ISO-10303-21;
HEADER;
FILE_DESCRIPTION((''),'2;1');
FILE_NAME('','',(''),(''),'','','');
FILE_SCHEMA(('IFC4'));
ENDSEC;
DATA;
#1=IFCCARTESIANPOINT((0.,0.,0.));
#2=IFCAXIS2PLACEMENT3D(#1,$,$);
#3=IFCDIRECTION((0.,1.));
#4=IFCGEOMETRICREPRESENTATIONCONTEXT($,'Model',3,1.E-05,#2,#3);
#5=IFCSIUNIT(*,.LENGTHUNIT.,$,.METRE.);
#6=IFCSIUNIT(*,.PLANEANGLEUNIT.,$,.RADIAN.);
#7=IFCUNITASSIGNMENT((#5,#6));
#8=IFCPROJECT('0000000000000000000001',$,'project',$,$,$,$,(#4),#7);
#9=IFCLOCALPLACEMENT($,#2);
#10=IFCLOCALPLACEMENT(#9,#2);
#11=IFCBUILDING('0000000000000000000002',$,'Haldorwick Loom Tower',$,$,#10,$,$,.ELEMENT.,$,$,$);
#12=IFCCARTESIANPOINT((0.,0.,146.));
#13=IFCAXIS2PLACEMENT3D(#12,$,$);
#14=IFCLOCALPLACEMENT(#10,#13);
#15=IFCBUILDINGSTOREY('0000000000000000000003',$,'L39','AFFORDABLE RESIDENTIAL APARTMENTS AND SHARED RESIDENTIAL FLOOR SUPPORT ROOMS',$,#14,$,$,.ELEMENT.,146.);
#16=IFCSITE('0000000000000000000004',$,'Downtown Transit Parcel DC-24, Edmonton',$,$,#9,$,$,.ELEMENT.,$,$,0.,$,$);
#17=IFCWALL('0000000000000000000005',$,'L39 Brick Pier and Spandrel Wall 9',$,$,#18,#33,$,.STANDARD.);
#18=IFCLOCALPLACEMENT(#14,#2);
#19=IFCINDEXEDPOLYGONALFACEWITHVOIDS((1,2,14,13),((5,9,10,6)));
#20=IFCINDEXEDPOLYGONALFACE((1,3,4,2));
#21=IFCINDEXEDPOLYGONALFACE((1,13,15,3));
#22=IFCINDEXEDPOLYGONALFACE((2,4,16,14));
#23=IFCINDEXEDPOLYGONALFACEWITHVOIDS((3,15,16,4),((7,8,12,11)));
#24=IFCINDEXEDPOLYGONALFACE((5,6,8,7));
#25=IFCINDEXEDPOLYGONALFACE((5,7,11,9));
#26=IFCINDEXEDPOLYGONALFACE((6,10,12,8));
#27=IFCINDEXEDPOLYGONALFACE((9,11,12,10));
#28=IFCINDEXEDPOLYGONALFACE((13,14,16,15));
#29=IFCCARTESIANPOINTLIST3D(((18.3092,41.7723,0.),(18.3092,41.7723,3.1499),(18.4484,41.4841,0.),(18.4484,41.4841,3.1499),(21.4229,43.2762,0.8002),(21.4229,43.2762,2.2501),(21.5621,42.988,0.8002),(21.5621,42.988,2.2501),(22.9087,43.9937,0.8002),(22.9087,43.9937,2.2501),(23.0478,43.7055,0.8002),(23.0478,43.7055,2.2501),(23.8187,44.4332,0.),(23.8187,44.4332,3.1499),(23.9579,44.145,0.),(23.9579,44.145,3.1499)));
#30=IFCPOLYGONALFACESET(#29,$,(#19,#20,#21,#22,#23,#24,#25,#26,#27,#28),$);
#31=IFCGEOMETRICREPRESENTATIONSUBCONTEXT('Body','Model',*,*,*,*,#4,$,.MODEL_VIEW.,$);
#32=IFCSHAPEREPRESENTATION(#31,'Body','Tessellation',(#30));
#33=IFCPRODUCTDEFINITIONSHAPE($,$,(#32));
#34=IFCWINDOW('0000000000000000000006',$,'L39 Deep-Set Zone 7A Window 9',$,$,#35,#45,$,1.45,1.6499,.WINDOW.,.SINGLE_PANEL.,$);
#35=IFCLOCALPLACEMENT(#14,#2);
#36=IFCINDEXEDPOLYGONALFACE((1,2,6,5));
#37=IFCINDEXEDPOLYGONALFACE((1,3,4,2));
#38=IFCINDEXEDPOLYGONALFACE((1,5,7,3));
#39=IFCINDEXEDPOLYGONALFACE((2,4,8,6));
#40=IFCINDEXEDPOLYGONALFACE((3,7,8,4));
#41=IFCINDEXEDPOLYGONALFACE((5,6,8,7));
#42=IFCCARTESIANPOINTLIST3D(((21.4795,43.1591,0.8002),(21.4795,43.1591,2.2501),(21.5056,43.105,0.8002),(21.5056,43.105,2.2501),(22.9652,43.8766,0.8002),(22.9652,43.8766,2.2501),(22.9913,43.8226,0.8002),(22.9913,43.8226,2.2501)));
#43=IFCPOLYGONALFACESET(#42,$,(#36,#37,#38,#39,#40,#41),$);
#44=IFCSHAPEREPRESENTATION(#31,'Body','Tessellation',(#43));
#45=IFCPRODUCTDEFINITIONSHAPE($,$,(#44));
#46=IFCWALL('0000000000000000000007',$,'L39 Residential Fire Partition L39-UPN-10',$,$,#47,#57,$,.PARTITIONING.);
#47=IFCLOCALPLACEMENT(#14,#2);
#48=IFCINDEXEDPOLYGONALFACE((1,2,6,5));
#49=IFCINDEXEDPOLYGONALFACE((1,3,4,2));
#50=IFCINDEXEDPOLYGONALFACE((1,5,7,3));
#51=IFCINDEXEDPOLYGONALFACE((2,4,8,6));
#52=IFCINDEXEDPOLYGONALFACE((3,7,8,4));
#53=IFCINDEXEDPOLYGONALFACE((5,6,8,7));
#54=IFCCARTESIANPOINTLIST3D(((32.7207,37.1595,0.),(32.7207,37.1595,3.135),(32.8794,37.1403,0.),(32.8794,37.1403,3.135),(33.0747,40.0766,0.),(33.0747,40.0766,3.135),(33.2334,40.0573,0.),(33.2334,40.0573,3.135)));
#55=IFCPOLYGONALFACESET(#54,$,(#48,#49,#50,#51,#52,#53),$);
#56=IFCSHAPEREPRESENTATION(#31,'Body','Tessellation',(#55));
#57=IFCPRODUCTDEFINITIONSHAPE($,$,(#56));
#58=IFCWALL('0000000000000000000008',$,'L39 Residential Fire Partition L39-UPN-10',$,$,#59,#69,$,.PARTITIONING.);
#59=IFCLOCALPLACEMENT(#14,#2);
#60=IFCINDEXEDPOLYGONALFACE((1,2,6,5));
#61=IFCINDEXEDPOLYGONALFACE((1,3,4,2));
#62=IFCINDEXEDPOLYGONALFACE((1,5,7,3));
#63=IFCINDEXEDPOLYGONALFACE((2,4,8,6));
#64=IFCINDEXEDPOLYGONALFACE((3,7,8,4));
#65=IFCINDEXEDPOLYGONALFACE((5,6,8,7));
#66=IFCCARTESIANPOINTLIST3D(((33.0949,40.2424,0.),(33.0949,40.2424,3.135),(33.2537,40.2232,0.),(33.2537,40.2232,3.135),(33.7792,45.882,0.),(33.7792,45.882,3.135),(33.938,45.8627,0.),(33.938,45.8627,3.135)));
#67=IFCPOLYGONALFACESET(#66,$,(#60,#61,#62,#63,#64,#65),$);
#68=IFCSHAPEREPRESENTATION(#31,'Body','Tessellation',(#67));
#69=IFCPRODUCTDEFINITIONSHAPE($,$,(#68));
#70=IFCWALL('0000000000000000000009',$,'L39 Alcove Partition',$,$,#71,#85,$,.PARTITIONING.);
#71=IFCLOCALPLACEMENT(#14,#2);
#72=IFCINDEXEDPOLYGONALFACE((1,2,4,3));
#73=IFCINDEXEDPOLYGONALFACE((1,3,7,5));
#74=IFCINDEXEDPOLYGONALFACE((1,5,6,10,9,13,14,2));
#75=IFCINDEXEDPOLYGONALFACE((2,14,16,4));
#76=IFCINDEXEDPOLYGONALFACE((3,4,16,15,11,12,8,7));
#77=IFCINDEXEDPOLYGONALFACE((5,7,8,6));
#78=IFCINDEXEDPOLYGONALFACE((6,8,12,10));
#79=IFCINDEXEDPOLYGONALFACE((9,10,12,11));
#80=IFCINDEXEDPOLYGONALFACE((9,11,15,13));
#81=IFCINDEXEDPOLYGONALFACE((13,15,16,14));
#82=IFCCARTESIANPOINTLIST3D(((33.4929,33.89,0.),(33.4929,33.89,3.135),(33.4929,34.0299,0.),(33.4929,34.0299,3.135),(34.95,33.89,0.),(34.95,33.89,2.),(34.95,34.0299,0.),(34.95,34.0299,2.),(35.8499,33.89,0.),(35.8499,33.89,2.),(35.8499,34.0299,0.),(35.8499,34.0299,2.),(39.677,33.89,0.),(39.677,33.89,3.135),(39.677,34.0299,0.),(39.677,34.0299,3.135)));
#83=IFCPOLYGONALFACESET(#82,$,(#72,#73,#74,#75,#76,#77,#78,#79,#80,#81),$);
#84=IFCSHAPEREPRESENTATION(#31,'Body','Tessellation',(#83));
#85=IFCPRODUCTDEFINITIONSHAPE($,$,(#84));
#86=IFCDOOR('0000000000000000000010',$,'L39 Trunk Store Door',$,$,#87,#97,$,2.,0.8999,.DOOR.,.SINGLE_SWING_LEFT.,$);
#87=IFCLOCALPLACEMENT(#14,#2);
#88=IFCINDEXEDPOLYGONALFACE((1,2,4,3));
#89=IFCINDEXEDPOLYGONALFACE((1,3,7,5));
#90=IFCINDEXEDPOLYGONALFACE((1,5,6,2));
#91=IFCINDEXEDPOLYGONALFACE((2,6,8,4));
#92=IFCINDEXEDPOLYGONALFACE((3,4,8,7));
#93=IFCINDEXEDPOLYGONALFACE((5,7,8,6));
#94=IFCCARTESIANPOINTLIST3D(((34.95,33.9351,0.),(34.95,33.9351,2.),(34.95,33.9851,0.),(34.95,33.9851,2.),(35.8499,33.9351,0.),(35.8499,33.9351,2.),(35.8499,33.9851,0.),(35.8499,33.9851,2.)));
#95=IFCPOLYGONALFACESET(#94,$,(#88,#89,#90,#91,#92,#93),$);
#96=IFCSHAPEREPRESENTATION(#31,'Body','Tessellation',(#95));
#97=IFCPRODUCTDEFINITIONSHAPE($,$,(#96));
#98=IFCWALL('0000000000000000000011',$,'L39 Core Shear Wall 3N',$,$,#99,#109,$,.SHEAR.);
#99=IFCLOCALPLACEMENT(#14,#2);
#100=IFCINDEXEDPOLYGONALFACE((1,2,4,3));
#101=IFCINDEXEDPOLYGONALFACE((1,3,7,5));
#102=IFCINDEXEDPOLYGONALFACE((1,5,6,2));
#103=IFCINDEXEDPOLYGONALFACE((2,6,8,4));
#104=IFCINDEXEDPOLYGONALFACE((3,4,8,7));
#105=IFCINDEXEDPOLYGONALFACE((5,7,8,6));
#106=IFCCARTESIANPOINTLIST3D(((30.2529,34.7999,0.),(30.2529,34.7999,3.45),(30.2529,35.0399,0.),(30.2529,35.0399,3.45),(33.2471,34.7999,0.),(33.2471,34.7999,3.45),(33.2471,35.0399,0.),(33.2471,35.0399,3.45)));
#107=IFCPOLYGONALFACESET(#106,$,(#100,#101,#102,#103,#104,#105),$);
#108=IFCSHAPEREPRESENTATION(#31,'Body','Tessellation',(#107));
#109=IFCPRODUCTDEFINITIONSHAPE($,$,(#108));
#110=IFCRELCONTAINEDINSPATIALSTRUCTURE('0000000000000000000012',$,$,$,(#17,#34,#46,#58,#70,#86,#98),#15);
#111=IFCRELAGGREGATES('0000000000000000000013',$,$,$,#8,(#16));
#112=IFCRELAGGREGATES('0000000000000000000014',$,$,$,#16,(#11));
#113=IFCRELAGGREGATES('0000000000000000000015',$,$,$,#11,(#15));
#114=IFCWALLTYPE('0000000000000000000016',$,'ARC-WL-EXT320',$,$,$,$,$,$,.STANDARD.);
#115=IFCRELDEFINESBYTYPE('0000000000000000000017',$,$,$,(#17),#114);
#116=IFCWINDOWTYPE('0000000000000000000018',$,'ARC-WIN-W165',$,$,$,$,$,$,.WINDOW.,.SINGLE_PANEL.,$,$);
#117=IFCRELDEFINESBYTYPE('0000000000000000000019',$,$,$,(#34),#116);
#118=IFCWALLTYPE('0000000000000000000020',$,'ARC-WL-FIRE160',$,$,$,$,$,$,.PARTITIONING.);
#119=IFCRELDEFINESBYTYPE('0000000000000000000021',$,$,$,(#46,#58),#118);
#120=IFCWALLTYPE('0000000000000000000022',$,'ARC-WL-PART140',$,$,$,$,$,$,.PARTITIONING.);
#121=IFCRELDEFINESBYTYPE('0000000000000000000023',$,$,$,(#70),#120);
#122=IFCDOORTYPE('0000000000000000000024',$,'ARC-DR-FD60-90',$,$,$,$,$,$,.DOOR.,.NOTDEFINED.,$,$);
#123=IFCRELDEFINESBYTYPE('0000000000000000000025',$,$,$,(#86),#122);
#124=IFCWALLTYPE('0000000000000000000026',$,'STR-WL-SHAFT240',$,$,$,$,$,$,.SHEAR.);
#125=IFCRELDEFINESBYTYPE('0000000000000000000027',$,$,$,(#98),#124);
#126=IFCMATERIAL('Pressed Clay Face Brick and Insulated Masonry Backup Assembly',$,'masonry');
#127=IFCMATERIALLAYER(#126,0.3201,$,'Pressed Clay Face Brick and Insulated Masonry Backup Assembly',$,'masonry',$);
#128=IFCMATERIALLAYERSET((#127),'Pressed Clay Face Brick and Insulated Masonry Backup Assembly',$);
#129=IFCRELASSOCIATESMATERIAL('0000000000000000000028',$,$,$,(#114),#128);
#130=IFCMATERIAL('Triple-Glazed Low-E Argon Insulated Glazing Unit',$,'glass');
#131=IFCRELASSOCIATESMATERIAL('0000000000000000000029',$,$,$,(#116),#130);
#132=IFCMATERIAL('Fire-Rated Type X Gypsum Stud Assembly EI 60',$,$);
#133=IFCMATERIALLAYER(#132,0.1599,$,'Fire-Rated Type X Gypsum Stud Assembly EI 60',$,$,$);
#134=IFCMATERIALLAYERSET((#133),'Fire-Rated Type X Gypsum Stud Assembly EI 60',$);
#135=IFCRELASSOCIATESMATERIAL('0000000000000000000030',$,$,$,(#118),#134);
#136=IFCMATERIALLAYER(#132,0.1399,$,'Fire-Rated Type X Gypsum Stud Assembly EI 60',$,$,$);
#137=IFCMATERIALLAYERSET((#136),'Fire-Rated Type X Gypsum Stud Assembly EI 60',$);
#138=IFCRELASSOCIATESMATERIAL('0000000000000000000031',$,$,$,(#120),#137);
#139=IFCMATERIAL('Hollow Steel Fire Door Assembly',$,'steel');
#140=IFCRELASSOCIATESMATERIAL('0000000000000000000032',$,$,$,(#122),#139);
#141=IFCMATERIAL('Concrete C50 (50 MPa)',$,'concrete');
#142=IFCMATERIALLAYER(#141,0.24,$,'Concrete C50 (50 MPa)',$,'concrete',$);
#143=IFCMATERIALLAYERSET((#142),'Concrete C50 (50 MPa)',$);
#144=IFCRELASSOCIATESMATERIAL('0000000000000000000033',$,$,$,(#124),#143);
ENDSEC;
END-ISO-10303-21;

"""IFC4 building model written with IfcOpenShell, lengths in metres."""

from ifc_helpers import new_model, si_unit, direction, frame, frame_2d, origin, place, context, subcontext, project, spatial, rectangle, extrude, material, layer, layer_set, type_object, element, fill, save


model = new_model("IFC4")

# Units and contexts
model_context = context("Model", 3, precision=1e-05, world=origin(), true_north=direction((0.0, 1.0)))
body_context = subcontext(model_context, "Body", "Model", "MODEL_VIEW")
ifc_project = project(units=[si_unit("LENGTHUNIT", "METRE"), si_unit("PLANEANGLEUNIT", "RADIAN")], contexts=[model_context])

# Site, building, storey
site_placement = place(None, origin())
site = spatial("IfcSite", under=ifc_project, at=site_placement, Name="Downtown Transit Parcel DC-24, Edmonton", CompositionType="ELEMENT", RefElevation=0.0)
building_placement = place(site_placement, origin())
building = spatial("IfcBuilding", under=site, at=building_placement, Name="Haldorwick Loom Tower", CompositionType="ELEMENT")
storey_placement = place(building_placement, frame((0.0, 0.0, 146.0)))
storey = spatial("IfcBuildingStorey", under=building, at=storey_placement, Name="L39", Description="AFFORDABLE RESIDENTIAL APARTMENTS AND SHARED RESIDENTIAL FLOOR SUPPORT ROOMS", CompositionType="ELEMENT", Elevation=146.0)

# Shared definitions
ifc_material_1 = material(Name="Pressed Clay Face Brick and Insulated Masonry Backup Assembly", Category="masonry")
ifc_layer_1 = layer(ifc_material_1, 0.3201, Name="Pressed Clay Face Brick and Insulated Masonry Backup Assembly", Category="masonry")
ifc_layer_set_1 = layer_set([ifc_layer_1], Name="Pressed Clay Face Brick and Insulated Masonry Backup Assembly")
wall_type_1 = type_object("IfcWallType", Name="ARC-WL-EXT320", PredefinedType="STANDARD", material=ifc_layer_set_1)

# Wall, opening, window
wall_1_placement = place(storey_placement, frame((23.8882, 44.2891, 0.0), z_axis=(0.0, 0.0, 1.0), x_axis=(-0.90048, -0.434897, 0.0)))
wall_1 = element("IfcWall", 1, at=wall_1_placement, inside=storey, type_object=wall_type_1, Name="L39 Brick Pier and Spandrel Wall 9", PredefinedType="STANDARD", context=body_context, shape_type="SweptSolid", body=[
    extrude(rectangle(XDim=6.1184, YDim=0.3201, at=frame_2d((3.0591, 0.0))), origin(), (0.0, 0.0, 1.0), 3.1499),
])
opening_1_placement = place(wall_1_placement, frame((1.0105, 0.0, 0.8)))
opening_1 = element("IfcOpeningElement", 2, at=opening_1_placement, cuts=wall_1, PredefinedType="OPENING", context=body_context, shape_type="SweptSolid", body=[
    extrude(rectangle(XDim=1.6499, YDim=1.45, at=frame_2d((0.825, 0.7251))), frame((0.0, 0.1699, 0.0), z_axis=(0.0, -1.0, 0.0), x_axis=(1.0, 0.0, 0.0)), (0.0, 0.0, 1.0), 0.3401),
])
ifc_material_2 = material(Name="Triple-Glazed Low-E Argon Insulated Glazing Unit", Category="glass")
window_type = type_object("IfcWindowType", Name="ARC-WIN-W165", PartitioningType="SINGLE_PANEL", PredefinedType="WINDOW", material=ifc_material_2)
window_placement = place(opening_1_placement, origin())
window = element("IfcWindow", 3, at=window_placement, inside=storey, type_object=window_type, Name="L39 Deep-Set Zone 7A Window 9", OverallHeight=1.45, OverallWidth=1.6499, PartitioningType="SINGLE_PANEL", PredefinedType="WINDOW", context=body_context, shape_type="SweptSolid", body=[
    extrude(rectangle(XDim=1.6499, YDim=1.45, at=frame_2d((0.825, 0.7251))), frame((0.0, 0.03, 0.0), z_axis=(0.0, -1.0, 0.0), x_axis=(1.0, 0.0, 0.0)), (0.0, 0.0, 1.0), 0.0601),
])
fill(opening_1, window)

# Walls
ifc_material_3 = material(Name="Fire-Rated Type X Gypsum Stud Assembly EI 60")
ifc_layer_2 = layer(ifc_material_3, 0.1599, Name="Fire-Rated Type X Gypsum Stud Assembly EI 60")
ifc_layer_set_2 = layer_set([ifc_layer_2], Name="Fire-Rated Type X Gypsum Stud Assembly EI 60")
wall_type_2 = type_object("IfcWallType", Name="ARC-WL-FIRE160", PredefinedType="PARTITIONING", material=ifc_layer_set_2)
wall_2_placement = place(storey_placement, frame((32.8, 37.1499, 0.0), z_axis=(0.0, 0.0, 1.0), x_axis=(0.120475, 0.992716, 0.0)))
element("IfcWall", 4, at=wall_2_placement, inside=storey, type_object=wall_type_2, Name="L39 Residential Fire Partition L39-UPN-10", PredefinedType="PARTITIONING", context=body_context, shape_type="SweptSolid", body=[
    extrude(rectangle(XDim=2.9385, YDim=0.1599, at=frame_2d((1.4692, 0.0))), origin(), (0.0, 0.0, 1.0), 3.135),
])
wall_3_placement = place(storey_placement, frame((33.1743, 40.2329, 0.0), z_axis=(0.0, 0.0, 1.0), x_axis=(0.120458, 0.992718, 0.0)))
element("IfcWall", 5, at=wall_3_placement, inside=storey, type_object=wall_type_2, Name="L39 Residential Fire Partition L39-UPN-10", PredefinedType="PARTITIONING", context=body_context, shape_type="SweptSolid", body=[
    extrude(rectangle(XDim=5.6809, YDim=0.1599, at=frame_2d((2.8403, 0.0))), origin(), (0.0, 0.0, 1.0), 3.135),
])

# Wall, opening, door
ifc_layer_3 = layer(ifc_material_3, 0.1399, Name="Fire-Rated Type X Gypsum Stud Assembly EI 60")
ifc_layer_set_3 = layer_set([ifc_layer_3], Name="Fire-Rated Type X Gypsum Stud Assembly EI 60")
wall_type_3 = type_object("IfcWallType", Name="ARC-WL-PART140", PredefinedType="PARTITIONING", material=ifc_layer_set_3)
wall_4_placement = place(storey_placement, frame((33.4929, 33.96, 0.0), z_axis=(0.0, 0.0, 1.0), x_axis=(1.0, 0.0, 0.0)))
wall_4 = element("IfcWall", 6, at=wall_4_placement, inside=storey, type_object=wall_type_3, Name="L39 Alcove Partition", PredefinedType="PARTITIONING", context=body_context, shape_type="SweptSolid", body=[
    extrude(rectangle(XDim=6.1841, YDim=0.1399, at=frame_2d((3.092, 0.0))), origin(), (0.0, 0.0, 1.0), 3.135),
])
opening_2_placement = place(wall_4_placement, frame((1.457, 0.0, 0.0)))
opening_2 = element("IfcOpeningElement", 7, at=opening_2_placement, cuts=wall_4, PredefinedType="OPENING", context=body_context, shape_type="SweptSolid", body=[
    extrude(rectangle(XDim=0.8999, YDim=2.0, at=frame_2d((0.45, 1.0))), frame((0.0, 0.0798, 0.0), z_axis=(0.0, -1.0, 0.0), x_axis=(1.0, 0.0, 0.0)), (0.0, 0.0, 1.0), 0.1599),
])
ifc_material_4 = material(Name="Hollow Steel Fire Door Assembly", Category="steel")
door_type = type_object("IfcDoorType", Name="ARC-DR-FD60-90", OperationType="NOTDEFINED", PredefinedType="DOOR", material=ifc_material_4)
door_placement = place(opening_2_placement, frame((0.8999, 0.0, 0.0), z_axis=(0.0, 0.0, 1.0), x_axis=(-1.0, 0.0, 0.0)))
door = element("IfcDoor", 8, at=door_placement, inside=storey, type_object=door_type, Name="L39 Trunk Store Door", OperationType="SINGLE_SWING_LEFT", OverallHeight=2.0, OverallWidth=0.8999, PredefinedType="DOOR", context=body_context, shape_type="SweptSolid", body=[
    extrude(rectangle(XDim=0.8999, YDim=2.0, at=frame_2d((0.45, 1.0))), frame((0.0, 0.0249, 0.0), z_axis=(0.0, -1.0, 0.0), x_axis=(1.0, 0.0, 0.0)), (0.0, 0.0, 1.0), 0.05),
])
fill(opening_2, door)

# Wall
ifc_material_5 = material(Name="Concrete C50 (50 MPa)", Category="concrete")
ifc_layer_4 = layer(ifc_material_5, 0.24, Name="Concrete C50 (50 MPa)", Category="concrete")
ifc_layer_set_4 = layer_set([ifc_layer_4], Name="Concrete C50 (50 MPa)")
wall_type_4 = type_object("IfcWallType", Name="STR-WL-SHAFT240", PredefinedType="SHEAR", material=ifc_layer_set_4)
wall_5_placement = place(storey_placement, frame((30.2529, 34.9199, 0.0), z_axis=(0.0, 0.0, 1.0), x_axis=(1.0, 0.0, 0.0)))
element("IfcWall", 9, at=wall_5_placement, inside=storey, type_object=wall_type_4, Name="L39 Core Shear Wall 3N", PredefinedType="SHEAR", context=body_context, shape_type="SweptSolid", body=[
    extrude(rectangle(XDim=2.9941, YDim=0.24, at=frame_2d((1.4971, 0.0))), origin(), (0.0, 0.0, 1.0), 3.45),
])

save(model, "model.ifc")
